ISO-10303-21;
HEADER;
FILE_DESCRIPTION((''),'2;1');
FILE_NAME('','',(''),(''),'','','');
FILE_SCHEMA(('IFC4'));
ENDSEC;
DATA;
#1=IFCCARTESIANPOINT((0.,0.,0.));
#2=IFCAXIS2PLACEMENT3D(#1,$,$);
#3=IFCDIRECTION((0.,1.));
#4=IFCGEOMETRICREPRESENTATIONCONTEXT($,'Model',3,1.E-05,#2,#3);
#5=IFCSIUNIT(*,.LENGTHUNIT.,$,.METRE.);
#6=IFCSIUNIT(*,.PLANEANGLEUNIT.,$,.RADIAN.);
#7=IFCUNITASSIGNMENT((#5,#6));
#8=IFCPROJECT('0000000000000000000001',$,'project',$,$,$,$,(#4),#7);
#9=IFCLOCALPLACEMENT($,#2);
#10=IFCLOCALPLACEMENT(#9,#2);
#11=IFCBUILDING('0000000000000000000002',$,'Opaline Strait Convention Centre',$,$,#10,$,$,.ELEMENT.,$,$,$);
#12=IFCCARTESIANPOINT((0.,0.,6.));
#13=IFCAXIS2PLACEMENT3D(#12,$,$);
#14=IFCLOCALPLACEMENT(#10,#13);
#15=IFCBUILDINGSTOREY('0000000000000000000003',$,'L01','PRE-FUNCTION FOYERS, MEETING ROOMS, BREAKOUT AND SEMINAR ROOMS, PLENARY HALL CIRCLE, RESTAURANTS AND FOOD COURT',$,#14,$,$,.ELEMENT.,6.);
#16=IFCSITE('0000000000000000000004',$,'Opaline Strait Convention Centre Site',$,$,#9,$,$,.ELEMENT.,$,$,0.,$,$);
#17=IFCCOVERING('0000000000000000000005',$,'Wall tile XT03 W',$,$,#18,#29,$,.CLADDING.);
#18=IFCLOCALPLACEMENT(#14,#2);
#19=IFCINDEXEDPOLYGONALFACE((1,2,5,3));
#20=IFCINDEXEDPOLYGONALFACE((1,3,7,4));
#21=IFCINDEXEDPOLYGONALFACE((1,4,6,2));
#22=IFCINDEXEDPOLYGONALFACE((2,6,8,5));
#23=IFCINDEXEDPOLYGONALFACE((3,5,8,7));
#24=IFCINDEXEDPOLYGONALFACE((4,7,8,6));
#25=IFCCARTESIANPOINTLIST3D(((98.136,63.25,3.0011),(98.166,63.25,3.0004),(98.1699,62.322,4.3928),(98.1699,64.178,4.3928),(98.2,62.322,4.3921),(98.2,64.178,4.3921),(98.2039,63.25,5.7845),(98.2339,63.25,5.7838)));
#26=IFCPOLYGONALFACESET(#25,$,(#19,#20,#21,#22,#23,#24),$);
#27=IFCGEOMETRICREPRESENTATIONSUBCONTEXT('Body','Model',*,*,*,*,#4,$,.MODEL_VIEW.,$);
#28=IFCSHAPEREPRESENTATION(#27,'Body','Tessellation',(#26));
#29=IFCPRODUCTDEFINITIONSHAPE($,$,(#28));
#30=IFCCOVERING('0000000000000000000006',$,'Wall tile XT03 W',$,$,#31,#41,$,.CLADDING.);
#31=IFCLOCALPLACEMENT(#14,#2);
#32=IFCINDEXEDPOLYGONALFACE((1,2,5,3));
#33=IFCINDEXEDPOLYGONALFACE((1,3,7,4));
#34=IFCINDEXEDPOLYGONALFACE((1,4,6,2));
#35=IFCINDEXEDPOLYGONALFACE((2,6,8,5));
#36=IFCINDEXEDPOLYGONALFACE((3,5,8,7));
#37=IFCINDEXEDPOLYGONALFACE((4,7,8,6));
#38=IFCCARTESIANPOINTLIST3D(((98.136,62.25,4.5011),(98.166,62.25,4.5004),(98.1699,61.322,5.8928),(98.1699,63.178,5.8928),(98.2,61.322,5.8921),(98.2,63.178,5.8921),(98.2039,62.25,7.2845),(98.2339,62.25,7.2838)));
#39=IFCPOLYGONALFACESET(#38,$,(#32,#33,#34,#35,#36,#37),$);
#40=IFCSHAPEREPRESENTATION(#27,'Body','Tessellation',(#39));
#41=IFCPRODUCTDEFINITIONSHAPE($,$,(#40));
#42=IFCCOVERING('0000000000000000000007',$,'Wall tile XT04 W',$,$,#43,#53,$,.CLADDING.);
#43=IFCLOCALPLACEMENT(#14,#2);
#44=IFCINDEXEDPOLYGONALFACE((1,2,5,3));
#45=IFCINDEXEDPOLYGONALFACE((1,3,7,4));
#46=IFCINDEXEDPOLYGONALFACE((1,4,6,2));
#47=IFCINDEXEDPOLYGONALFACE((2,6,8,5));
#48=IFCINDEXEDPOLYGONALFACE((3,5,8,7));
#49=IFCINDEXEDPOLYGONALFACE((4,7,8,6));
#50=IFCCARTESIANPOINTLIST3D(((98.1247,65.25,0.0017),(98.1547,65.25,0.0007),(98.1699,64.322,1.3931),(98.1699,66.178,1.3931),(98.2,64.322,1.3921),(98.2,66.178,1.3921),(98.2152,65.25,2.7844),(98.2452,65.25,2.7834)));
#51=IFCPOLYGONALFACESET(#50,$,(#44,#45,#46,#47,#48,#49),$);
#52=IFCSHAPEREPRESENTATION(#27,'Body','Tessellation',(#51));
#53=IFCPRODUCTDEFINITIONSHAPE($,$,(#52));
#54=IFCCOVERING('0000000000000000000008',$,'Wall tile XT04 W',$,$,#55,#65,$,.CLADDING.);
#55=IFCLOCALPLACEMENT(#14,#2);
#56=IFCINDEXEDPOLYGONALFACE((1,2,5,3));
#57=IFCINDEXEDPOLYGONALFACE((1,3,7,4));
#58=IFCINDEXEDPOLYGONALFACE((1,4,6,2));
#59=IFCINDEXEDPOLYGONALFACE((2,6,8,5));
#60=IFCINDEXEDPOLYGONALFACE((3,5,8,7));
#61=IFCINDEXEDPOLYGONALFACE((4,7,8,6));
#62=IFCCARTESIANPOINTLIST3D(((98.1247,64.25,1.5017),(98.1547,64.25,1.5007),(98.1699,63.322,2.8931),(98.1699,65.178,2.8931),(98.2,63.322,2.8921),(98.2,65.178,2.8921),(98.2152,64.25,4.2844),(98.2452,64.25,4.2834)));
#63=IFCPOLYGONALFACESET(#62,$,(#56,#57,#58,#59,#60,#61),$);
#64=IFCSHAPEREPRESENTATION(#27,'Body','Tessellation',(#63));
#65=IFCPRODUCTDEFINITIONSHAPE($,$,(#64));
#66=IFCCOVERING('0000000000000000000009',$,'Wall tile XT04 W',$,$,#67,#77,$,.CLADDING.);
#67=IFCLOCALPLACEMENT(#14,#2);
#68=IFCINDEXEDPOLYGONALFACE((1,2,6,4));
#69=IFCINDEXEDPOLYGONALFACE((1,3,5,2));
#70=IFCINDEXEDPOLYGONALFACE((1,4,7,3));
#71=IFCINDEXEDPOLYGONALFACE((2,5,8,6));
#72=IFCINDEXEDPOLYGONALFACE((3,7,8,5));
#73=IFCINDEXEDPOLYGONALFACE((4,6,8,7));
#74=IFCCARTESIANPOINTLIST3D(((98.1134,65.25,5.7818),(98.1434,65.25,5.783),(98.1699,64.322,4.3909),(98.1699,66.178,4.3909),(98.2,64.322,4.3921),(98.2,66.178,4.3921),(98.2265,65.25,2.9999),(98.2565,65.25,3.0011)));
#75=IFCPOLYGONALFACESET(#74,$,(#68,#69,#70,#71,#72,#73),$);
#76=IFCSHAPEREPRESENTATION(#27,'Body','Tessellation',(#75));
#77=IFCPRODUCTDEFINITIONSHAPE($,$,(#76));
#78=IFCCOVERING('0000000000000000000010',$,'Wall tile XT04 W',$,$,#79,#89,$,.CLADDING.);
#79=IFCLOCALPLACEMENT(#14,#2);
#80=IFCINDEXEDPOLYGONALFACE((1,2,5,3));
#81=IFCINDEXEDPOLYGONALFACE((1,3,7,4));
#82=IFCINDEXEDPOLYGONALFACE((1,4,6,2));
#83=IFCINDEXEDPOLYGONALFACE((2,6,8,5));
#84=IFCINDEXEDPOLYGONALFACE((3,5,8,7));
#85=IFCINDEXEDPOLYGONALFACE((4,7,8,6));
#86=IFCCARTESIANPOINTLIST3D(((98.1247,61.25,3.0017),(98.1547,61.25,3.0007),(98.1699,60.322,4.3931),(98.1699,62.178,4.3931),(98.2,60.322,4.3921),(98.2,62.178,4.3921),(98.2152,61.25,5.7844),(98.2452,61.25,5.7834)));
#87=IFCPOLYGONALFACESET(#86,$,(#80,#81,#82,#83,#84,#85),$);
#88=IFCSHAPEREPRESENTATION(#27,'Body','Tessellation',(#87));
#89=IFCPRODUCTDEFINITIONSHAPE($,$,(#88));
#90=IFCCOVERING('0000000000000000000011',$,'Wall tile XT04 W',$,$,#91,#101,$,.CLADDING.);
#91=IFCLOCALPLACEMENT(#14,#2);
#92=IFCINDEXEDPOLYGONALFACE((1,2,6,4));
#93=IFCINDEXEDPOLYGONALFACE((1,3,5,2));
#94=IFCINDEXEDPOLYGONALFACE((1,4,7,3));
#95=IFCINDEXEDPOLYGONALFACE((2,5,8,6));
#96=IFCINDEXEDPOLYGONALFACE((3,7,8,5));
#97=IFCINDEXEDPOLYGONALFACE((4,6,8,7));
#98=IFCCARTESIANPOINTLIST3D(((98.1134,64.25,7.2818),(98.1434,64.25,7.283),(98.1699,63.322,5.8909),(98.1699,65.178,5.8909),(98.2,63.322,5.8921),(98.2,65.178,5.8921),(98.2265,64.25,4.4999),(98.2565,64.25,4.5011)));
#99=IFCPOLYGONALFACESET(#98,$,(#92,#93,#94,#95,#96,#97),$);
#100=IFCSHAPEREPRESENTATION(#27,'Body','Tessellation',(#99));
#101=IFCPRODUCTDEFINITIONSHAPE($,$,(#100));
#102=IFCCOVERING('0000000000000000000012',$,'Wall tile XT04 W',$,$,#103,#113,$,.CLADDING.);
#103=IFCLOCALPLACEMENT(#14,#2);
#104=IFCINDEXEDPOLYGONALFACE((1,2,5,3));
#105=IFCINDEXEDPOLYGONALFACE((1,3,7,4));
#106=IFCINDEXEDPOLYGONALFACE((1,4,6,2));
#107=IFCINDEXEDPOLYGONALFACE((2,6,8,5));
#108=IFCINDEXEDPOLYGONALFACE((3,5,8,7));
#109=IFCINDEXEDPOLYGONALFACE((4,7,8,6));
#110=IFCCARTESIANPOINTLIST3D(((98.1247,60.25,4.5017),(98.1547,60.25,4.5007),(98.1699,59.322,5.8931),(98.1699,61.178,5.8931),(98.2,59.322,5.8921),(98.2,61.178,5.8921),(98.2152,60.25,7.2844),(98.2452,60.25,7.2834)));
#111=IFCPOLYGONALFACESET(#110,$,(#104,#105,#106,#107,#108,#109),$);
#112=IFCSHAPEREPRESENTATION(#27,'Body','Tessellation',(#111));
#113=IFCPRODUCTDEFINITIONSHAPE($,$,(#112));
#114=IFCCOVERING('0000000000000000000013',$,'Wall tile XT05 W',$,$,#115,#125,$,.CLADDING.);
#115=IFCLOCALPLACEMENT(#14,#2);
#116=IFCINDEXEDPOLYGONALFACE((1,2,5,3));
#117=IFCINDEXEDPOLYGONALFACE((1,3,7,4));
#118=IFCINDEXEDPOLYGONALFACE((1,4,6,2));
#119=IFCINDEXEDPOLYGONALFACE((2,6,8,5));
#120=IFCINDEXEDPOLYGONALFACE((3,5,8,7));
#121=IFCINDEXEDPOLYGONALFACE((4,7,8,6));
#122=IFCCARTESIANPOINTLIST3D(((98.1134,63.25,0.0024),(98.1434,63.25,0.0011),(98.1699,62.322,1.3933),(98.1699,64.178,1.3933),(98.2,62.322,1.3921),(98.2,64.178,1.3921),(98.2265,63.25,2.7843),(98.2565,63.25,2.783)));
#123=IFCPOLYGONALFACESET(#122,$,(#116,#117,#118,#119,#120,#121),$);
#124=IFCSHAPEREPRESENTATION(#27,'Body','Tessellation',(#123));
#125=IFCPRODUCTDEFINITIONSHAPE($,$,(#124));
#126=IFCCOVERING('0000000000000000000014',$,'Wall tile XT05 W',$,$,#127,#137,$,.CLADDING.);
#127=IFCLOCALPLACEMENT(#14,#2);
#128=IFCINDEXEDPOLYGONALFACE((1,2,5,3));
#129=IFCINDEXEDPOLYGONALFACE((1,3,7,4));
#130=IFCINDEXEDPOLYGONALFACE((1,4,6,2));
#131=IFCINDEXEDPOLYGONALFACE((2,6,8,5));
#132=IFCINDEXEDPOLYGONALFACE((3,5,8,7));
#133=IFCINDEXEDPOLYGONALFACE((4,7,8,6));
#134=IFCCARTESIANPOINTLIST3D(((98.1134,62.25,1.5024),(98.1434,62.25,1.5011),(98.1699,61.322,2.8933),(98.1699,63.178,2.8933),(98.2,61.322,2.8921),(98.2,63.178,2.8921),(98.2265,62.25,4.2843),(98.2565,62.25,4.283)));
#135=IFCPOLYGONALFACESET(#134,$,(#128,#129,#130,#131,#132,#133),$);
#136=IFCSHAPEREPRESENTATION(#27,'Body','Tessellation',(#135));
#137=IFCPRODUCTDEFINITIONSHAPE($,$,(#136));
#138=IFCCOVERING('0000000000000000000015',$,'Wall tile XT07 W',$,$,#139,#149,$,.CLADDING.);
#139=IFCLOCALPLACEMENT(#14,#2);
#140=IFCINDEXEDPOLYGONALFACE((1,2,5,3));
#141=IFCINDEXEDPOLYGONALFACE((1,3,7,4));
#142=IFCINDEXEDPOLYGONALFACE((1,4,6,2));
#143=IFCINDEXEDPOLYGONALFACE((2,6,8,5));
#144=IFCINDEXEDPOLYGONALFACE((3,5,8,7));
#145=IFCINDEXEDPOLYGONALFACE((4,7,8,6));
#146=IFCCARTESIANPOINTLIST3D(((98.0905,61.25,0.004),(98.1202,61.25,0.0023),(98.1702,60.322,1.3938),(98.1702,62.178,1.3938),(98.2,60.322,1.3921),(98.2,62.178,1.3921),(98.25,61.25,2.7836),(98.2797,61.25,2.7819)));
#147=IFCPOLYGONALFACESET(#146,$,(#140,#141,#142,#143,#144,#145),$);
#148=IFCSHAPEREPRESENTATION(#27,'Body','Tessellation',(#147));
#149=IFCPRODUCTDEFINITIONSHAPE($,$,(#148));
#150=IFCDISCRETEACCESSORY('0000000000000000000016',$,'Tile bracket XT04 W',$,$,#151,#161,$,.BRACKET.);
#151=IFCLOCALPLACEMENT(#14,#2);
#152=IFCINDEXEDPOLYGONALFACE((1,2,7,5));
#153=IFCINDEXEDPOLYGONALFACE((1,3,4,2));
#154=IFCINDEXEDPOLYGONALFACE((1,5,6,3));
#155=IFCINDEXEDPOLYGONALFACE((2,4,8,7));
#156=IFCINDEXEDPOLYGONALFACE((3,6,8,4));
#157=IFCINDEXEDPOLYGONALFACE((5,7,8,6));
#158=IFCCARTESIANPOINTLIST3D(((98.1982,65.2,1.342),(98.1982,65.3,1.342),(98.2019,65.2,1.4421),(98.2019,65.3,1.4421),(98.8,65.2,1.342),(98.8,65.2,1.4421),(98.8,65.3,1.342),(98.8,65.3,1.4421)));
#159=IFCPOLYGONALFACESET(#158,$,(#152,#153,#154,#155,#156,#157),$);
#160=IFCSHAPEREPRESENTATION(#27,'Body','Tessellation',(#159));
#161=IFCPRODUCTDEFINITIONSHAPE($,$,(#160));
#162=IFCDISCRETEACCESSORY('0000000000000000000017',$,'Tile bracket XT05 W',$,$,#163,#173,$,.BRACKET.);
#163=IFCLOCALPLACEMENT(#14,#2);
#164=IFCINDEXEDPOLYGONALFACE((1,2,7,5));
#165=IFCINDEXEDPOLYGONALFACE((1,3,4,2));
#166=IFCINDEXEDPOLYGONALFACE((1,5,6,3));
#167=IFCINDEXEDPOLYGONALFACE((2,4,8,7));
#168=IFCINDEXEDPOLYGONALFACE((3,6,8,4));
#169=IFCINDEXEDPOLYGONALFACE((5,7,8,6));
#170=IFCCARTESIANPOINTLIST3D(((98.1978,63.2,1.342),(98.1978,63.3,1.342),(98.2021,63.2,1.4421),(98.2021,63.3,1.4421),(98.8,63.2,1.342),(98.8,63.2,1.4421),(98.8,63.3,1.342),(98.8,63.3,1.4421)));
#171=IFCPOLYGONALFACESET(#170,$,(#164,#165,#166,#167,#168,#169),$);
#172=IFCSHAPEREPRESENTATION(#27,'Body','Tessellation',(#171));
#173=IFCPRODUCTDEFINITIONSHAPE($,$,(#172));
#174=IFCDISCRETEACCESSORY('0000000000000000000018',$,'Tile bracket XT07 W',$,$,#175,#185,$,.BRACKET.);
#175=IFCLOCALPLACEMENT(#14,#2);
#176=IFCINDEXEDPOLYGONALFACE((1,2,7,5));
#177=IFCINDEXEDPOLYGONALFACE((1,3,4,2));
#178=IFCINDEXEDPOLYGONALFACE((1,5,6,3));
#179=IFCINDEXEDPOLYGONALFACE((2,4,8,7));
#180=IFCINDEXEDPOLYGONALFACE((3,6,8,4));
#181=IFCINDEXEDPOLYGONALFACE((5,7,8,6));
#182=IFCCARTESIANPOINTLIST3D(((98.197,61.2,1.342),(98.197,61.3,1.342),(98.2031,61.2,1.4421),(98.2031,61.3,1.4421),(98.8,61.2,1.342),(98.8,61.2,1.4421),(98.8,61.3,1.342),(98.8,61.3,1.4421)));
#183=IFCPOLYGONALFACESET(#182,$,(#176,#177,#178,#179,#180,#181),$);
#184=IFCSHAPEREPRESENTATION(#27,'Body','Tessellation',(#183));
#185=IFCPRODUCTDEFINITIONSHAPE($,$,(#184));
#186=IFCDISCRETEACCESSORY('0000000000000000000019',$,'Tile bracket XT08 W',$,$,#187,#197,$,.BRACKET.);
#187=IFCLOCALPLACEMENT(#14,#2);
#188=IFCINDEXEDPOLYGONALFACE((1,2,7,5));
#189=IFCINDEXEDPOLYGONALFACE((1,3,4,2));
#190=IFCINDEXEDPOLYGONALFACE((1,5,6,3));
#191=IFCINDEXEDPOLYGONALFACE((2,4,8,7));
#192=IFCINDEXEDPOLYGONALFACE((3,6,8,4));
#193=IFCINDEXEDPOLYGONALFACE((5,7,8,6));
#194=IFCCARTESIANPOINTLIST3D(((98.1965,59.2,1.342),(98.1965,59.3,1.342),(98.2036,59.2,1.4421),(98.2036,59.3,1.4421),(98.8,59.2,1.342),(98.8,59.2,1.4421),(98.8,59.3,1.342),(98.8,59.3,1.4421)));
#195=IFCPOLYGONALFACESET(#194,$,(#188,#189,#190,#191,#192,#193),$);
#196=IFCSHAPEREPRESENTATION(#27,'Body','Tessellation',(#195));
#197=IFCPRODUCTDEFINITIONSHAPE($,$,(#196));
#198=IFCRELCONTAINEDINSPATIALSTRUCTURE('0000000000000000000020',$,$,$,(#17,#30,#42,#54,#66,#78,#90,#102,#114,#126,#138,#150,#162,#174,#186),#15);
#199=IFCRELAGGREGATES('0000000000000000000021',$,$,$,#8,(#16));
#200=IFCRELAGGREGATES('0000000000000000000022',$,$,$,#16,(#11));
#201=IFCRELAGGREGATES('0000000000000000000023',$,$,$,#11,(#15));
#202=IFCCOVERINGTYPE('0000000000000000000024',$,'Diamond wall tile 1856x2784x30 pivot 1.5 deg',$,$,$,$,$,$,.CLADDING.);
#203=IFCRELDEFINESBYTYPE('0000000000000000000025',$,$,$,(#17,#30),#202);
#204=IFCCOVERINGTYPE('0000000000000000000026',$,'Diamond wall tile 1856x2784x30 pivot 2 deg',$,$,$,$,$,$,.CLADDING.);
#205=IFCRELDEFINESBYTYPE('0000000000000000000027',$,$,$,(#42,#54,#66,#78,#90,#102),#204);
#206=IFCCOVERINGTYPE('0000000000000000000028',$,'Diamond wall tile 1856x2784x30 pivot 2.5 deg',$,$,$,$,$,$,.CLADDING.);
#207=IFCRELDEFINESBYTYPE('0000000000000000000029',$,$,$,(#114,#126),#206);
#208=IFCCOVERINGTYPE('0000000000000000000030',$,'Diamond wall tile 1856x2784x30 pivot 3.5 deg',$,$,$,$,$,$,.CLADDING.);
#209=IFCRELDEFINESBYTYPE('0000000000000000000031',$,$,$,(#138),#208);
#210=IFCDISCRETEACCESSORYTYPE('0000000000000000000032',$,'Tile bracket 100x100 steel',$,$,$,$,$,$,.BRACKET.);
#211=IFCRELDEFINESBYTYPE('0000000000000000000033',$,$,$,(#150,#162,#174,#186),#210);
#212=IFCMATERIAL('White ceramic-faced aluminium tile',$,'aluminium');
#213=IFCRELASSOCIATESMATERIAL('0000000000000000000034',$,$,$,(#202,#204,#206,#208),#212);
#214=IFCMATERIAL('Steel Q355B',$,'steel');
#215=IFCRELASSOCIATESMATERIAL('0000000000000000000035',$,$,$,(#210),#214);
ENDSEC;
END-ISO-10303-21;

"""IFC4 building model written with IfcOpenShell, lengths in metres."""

from ifc_helpers import new_model, si_unit, direction, frame, origin, place, context, subcontext, project, spatial, polyline, outline, extrude, material, material_profile, profile_set, type_object, element, save


model = new_model("IFC4")

# Units and contexts
model_context = context("Model", 3, precision=1e-05, world=origin(), true_north=direction((0.0, 1.0)))
body_context = subcontext(model_context, "Body", "Model", "MODEL_VIEW")
ifc_project = project(units=[si_unit("LENGTHUNIT", "METRE"), si_unit("PLANEANGLEUNIT", "RADIAN")], contexts=[model_context])

# Site, building, storey
site_placement = place(None, origin())
site = spatial("IfcSite", under=ifc_project, at=site_placement, Name="Opaline Strait Convention Centre Site", CompositionType="ELEMENT", RefElevation=0.0)
building_placement = place(site_placement, origin())
building = spatial("IfcBuilding", under=site, at=building_placement, Name="Opaline Strait Convention Centre", CompositionType="ELEMENT")
storey_placement = place(building_placement, frame((0.0, 0.0, 6.0)))
storey = spatial("IfcBuildingStorey", under=building, at=storey_placement, Name="L01", Description="PRE-FUNCTION FOYERS, MEETING ROOMS, BREAKOUT AND SEMINAR ROOMS, PLENARY HALL CIRCLE, RESTAURANTS AND FOOD COURT", CompositionType="ELEMENT", Elevation=6.0)

# Coverings
ifc_material_1 = material(Name="White ceramic-faced aluminium tile", Category="aluminium")
ifc_material_profile_1 = material_profile(ifc_material_1, outline(polyline([(0.928, 0.0), (0.0, 1.3921), (-0.928, 0.0), (0.0, -1.3921), (0.928, 0.0)])), Name="Diamond tile 1856x2784")
ifc_profile_set_1 = profile_set([ifc_material_profile_1], Name="White ceramic-faced aluminium tile")
covering_type_1 = type_object("IfcCoveringType", Name="Diamond wall tile 1856x2784x30 pivot 1.5 deg", PredefinedType="CLADDING", material=ifc_profile_set_1)
for number, where, z_axis, x_axis, name in (
    (1, (98.2, 63.25, 4.3921), (-0.999703, 0.0, 0.024383), (0.0, -1.0, 0.0), "Wall tile XT03 W"),
    (2, (98.2, 62.25, 5.8921), (-0.999703, 0.0, 0.024383), (0.0, -1.0, 0.0), "Wall tile XT03 W"),
):
    element("IfcCovering", number, at=place(storey_placement, frame(where, z_axis=z_axis, x_axis=x_axis)), inside=storey, type_object=covering_type_1, Name=name, PredefinedType="CLADDING", context=body_context, shape_type="SweptSolid", body=[
        extrude(outline(polyline([(0.928, 0.0), (0.0, 1.3921), (-0.928, 0.0), (0.0, -1.3921), (0.928, 0.0)])), origin(), (0.0, 0.0, 1.0), 0.03),
    ])
ifc_material_profile_2 = material_profile(ifc_material_1, outline(polyline([(0.928, 0.0), (0.0, 1.3921), (-0.928, 0.0), (0.0, -1.3921), (0.928, 0.0)])), Name="Diamond tile 1856x2784")
ifc_profile_set_2 = profile_set([ifc_material_profile_2], Name="White ceramic-faced aluminium tile")
covering_type_2 = type_object("IfcCoveringType", Name="Diamond wall tile 1856x2784x30 pivot 2 deg", PredefinedType="CLADDING", material=ifc_profile_set_2)
for number, where, z_axis, x_axis, name in (
    (3, (98.2, 65.25, 1.3921), (-0.999472, 0.0, 0.032503), (0.0, -1.0, 0.0), "Wall tile XT04 W"),
    (4, (98.2, 64.25, 2.8921), (-0.999472, 0.0, 0.032503), (0.0, -1.0, 0.0), "Wall tile XT04 W"),
    (5, (98.2, 65.25, 4.3921), (-0.999175, 0.0, -0.040617), (0.0, -1.0, 0.0), "Wall tile XT04 W"),
    (6, (98.2, 61.25, 4.3921), (-0.999472, 0.0, 0.032503), (0.0, -1.0, 0.0), "Wall tile XT04 W"),
    (7, (98.2, 64.25, 5.8921), (-0.999175, 0.0, -0.040617), (0.0, -1.0, 0.0), "Wall tile XT04 W"),
    (8, (98.2, 60.25, 5.8921), (-0.999472, 0.0, 0.032503), (0.0, -1.0, 0.0), "Wall tile XT04 W"),
):
    element("IfcCovering", number, at=place(storey_placement, frame(where, z_axis=z_axis, x_axis=x_axis)), inside=storey, type_object=covering_type_2, Name=name, PredefinedType="CLADDING", context=body_context, shape_type="SweptSolid", body=[
        extrude(outline(polyline([(0.928, 0.0), (0.0, 1.3921), (-0.928, 0.0), (0.0, -1.3921), (0.928, 0.0)])), origin(), (0.0, 0.0, 1.0), 0.03),
    ])
ifc_material_profile_3 = material_profile(ifc_material_1, outline(polyline([(0.928, 0.0), (0.0, 1.3921), (-0.928, 0.0), (0.0, -1.3921), (0.928, 0.0)])), Name="Diamond tile 1856x2784")
ifc_profile_set_3 = profile_set([ifc_material_profile_3], Name="White ceramic-faced aluminium tile")
covering_type_3 = type_object("IfcCoveringType", Name="Diamond wall tile 1856x2784x30 pivot 2.5 deg", PredefinedType="CLADDING", material=ifc_profile_set_3)
for number, where, z_axis, x_axis, name in (
    (9, (98.2, 63.25, 1.3921), (-0.999175, 0.0, 0.040617), (0.0, -1.0, 0.0), "Wall tile XT05 W"),
    (10, (98.2, 62.25, 2.8921), (-0.999175, 0.0, 0.040617), (0.0, -1.0, 0.0), "Wall tile XT05 W"),
):
    element("IfcCovering", number, at=place(storey_placement, frame(where, z_axis=z_axis, x_axis=x_axis)), inside=storey, type_object=covering_type_3, Name=name, PredefinedType="CLADDING", context=body_context, shape_type="SweptSolid", body=[
        extrude(outline(polyline([(0.928, 0.0), (0.0, 1.3921), (-0.928, 0.0), (0.0, -1.3921), (0.928, 0.0)])), origin(), (0.0, 0.0, 1.0), 0.03),
    ])
ifc_material_profile_4 = material_profile(ifc_material_1, outline(polyline([(0.928, 0.0), (0.0, 1.3921), (-0.928, 0.0), (0.0, -1.3921), (0.928, 0.0)])), Name="Diamond tile 1856x2784")
ifc_profile_set_4 = profile_set([ifc_material_profile_4], Name="White ceramic-faced aluminium tile")
covering_type_4 = type_object("IfcCoveringType", Name="Diamond wall tile 1856x2784x30 pivot 3.5 deg", PredefinedType="CLADDING", material=ifc_profile_set_4)
covering_placement = place(storey_placement, frame((98.2, 61.25, 1.3921), z_axis=(-0.998358, 0.0, 0.057283), x_axis=(0.0, -1.0, 0.0)))
element("IfcCovering", 11, at=covering_placement, inside=storey, type_object=covering_type_4, Name="Wall tile XT07 W", PredefinedType="CLADDING", context=body_context, shape_type="SweptSolid", body=[
    extrude(outline(polyline([(0.928, 0.0), (0.0, 1.3921), (-0.928, 0.0), (0.0, -1.3921), (0.928, 0.0)])), origin(), (0.0, 0.0, 1.0), 0.0298),
])

# Discrete accessories
ifc_material_2 = material(Name="Steel Q355B", Category="steel")
discrete_accessory_type = type_object("IfcDiscreteAccessoryType", Name="Tile bracket 100x100 steel", PredefinedType="BRACKET", material=ifc_material_2)
discrete_accessory_1_placement = place(storey_placement, frame((98.8, 65.3, 1.3921), z_axis=(0.0, -1.0, 0.0), x_axis=(1.0, 0.0, 0.0)))
element("IfcDiscreteAccessory", 12, at=discrete_accessory_1_placement, inside=storey, type_object=discrete_accessory_type, Name="Tile bracket XT04 W", PredefinedType="BRACKET", context=body_context, shape_type="SweptSolid", body=[
    extrude(outline(polyline([(0.0, -0.05), (0.0, 0.05), (-0.5981, 0.05), (-0.6018, -0.05), (0.0, -0.05)])), origin(), (0.0, 0.0, 1.0), 0.1001),
])
discrete_accessory_2_placement = place(storey_placement, frame((98.8, 63.3, 1.3921), z_axis=(0.0, -1.0, 0.0), x_axis=(1.0, 0.0, 0.0)))
element("IfcDiscreteAccessory", 13, at=discrete_accessory_2_placement, inside=storey, type_object=discrete_accessory_type, Name="Tile bracket XT05 W", PredefinedType="BRACKET", context=body_context, shape_type="SweptSolid", body=[
    extrude(outline(polyline([(0.0, -0.05), (0.0, 0.05), (-0.5979, 0.05), (-0.6023, -0.05), (0.0, -0.05)])), origin(), (0.0, 0.0, 1.0), 0.1001),
])
discrete_accessory_3_placement = place(storey_placement, frame((98.8, 61.3, 1.3921), z_axis=(0.0, -1.0, 0.0), x_axis=(1.0, 0.0, 0.0)))
element("IfcDiscreteAccessory", 14, at=discrete_accessory_3_placement, inside=storey, type_object=discrete_accessory_type, Name="Tile bracket XT07 W", PredefinedType="BRACKET", context=body_context, shape_type="SweptSolid", body=[
    extrude(outline(polyline([(0.0, -0.05), (0.0, 0.05), (-0.5969, 0.05), (-0.603, -0.05), (0.0, -0.05)])), origin(), (0.0, 0.0, 1.0), 0.1001),
])
discrete_accessory_4_placement = place(storey_placement, frame((98.8, 59.3, 1.3921), z_axis=(0.0, -1.0, 0.0), x_axis=(1.0, 0.0, 0.0)))
element("IfcDiscreteAccessory", 15, at=discrete_accessory_4_placement, inside=storey, type_object=discrete_accessory_type, Name="Tile bracket XT08 W", PredefinedType="BRACKET", context=body_context, shape_type="SweptSolid", body=[
    extrude(outline(polyline([(0.0, -0.05), (0.0, 0.05), (-0.5964, 0.05), (-0.6035, -0.05), (0.0, -0.05)])), origin(), (0.0, 0.0, 1.0), 0.1001),
])

save(model, "model.ifc")
